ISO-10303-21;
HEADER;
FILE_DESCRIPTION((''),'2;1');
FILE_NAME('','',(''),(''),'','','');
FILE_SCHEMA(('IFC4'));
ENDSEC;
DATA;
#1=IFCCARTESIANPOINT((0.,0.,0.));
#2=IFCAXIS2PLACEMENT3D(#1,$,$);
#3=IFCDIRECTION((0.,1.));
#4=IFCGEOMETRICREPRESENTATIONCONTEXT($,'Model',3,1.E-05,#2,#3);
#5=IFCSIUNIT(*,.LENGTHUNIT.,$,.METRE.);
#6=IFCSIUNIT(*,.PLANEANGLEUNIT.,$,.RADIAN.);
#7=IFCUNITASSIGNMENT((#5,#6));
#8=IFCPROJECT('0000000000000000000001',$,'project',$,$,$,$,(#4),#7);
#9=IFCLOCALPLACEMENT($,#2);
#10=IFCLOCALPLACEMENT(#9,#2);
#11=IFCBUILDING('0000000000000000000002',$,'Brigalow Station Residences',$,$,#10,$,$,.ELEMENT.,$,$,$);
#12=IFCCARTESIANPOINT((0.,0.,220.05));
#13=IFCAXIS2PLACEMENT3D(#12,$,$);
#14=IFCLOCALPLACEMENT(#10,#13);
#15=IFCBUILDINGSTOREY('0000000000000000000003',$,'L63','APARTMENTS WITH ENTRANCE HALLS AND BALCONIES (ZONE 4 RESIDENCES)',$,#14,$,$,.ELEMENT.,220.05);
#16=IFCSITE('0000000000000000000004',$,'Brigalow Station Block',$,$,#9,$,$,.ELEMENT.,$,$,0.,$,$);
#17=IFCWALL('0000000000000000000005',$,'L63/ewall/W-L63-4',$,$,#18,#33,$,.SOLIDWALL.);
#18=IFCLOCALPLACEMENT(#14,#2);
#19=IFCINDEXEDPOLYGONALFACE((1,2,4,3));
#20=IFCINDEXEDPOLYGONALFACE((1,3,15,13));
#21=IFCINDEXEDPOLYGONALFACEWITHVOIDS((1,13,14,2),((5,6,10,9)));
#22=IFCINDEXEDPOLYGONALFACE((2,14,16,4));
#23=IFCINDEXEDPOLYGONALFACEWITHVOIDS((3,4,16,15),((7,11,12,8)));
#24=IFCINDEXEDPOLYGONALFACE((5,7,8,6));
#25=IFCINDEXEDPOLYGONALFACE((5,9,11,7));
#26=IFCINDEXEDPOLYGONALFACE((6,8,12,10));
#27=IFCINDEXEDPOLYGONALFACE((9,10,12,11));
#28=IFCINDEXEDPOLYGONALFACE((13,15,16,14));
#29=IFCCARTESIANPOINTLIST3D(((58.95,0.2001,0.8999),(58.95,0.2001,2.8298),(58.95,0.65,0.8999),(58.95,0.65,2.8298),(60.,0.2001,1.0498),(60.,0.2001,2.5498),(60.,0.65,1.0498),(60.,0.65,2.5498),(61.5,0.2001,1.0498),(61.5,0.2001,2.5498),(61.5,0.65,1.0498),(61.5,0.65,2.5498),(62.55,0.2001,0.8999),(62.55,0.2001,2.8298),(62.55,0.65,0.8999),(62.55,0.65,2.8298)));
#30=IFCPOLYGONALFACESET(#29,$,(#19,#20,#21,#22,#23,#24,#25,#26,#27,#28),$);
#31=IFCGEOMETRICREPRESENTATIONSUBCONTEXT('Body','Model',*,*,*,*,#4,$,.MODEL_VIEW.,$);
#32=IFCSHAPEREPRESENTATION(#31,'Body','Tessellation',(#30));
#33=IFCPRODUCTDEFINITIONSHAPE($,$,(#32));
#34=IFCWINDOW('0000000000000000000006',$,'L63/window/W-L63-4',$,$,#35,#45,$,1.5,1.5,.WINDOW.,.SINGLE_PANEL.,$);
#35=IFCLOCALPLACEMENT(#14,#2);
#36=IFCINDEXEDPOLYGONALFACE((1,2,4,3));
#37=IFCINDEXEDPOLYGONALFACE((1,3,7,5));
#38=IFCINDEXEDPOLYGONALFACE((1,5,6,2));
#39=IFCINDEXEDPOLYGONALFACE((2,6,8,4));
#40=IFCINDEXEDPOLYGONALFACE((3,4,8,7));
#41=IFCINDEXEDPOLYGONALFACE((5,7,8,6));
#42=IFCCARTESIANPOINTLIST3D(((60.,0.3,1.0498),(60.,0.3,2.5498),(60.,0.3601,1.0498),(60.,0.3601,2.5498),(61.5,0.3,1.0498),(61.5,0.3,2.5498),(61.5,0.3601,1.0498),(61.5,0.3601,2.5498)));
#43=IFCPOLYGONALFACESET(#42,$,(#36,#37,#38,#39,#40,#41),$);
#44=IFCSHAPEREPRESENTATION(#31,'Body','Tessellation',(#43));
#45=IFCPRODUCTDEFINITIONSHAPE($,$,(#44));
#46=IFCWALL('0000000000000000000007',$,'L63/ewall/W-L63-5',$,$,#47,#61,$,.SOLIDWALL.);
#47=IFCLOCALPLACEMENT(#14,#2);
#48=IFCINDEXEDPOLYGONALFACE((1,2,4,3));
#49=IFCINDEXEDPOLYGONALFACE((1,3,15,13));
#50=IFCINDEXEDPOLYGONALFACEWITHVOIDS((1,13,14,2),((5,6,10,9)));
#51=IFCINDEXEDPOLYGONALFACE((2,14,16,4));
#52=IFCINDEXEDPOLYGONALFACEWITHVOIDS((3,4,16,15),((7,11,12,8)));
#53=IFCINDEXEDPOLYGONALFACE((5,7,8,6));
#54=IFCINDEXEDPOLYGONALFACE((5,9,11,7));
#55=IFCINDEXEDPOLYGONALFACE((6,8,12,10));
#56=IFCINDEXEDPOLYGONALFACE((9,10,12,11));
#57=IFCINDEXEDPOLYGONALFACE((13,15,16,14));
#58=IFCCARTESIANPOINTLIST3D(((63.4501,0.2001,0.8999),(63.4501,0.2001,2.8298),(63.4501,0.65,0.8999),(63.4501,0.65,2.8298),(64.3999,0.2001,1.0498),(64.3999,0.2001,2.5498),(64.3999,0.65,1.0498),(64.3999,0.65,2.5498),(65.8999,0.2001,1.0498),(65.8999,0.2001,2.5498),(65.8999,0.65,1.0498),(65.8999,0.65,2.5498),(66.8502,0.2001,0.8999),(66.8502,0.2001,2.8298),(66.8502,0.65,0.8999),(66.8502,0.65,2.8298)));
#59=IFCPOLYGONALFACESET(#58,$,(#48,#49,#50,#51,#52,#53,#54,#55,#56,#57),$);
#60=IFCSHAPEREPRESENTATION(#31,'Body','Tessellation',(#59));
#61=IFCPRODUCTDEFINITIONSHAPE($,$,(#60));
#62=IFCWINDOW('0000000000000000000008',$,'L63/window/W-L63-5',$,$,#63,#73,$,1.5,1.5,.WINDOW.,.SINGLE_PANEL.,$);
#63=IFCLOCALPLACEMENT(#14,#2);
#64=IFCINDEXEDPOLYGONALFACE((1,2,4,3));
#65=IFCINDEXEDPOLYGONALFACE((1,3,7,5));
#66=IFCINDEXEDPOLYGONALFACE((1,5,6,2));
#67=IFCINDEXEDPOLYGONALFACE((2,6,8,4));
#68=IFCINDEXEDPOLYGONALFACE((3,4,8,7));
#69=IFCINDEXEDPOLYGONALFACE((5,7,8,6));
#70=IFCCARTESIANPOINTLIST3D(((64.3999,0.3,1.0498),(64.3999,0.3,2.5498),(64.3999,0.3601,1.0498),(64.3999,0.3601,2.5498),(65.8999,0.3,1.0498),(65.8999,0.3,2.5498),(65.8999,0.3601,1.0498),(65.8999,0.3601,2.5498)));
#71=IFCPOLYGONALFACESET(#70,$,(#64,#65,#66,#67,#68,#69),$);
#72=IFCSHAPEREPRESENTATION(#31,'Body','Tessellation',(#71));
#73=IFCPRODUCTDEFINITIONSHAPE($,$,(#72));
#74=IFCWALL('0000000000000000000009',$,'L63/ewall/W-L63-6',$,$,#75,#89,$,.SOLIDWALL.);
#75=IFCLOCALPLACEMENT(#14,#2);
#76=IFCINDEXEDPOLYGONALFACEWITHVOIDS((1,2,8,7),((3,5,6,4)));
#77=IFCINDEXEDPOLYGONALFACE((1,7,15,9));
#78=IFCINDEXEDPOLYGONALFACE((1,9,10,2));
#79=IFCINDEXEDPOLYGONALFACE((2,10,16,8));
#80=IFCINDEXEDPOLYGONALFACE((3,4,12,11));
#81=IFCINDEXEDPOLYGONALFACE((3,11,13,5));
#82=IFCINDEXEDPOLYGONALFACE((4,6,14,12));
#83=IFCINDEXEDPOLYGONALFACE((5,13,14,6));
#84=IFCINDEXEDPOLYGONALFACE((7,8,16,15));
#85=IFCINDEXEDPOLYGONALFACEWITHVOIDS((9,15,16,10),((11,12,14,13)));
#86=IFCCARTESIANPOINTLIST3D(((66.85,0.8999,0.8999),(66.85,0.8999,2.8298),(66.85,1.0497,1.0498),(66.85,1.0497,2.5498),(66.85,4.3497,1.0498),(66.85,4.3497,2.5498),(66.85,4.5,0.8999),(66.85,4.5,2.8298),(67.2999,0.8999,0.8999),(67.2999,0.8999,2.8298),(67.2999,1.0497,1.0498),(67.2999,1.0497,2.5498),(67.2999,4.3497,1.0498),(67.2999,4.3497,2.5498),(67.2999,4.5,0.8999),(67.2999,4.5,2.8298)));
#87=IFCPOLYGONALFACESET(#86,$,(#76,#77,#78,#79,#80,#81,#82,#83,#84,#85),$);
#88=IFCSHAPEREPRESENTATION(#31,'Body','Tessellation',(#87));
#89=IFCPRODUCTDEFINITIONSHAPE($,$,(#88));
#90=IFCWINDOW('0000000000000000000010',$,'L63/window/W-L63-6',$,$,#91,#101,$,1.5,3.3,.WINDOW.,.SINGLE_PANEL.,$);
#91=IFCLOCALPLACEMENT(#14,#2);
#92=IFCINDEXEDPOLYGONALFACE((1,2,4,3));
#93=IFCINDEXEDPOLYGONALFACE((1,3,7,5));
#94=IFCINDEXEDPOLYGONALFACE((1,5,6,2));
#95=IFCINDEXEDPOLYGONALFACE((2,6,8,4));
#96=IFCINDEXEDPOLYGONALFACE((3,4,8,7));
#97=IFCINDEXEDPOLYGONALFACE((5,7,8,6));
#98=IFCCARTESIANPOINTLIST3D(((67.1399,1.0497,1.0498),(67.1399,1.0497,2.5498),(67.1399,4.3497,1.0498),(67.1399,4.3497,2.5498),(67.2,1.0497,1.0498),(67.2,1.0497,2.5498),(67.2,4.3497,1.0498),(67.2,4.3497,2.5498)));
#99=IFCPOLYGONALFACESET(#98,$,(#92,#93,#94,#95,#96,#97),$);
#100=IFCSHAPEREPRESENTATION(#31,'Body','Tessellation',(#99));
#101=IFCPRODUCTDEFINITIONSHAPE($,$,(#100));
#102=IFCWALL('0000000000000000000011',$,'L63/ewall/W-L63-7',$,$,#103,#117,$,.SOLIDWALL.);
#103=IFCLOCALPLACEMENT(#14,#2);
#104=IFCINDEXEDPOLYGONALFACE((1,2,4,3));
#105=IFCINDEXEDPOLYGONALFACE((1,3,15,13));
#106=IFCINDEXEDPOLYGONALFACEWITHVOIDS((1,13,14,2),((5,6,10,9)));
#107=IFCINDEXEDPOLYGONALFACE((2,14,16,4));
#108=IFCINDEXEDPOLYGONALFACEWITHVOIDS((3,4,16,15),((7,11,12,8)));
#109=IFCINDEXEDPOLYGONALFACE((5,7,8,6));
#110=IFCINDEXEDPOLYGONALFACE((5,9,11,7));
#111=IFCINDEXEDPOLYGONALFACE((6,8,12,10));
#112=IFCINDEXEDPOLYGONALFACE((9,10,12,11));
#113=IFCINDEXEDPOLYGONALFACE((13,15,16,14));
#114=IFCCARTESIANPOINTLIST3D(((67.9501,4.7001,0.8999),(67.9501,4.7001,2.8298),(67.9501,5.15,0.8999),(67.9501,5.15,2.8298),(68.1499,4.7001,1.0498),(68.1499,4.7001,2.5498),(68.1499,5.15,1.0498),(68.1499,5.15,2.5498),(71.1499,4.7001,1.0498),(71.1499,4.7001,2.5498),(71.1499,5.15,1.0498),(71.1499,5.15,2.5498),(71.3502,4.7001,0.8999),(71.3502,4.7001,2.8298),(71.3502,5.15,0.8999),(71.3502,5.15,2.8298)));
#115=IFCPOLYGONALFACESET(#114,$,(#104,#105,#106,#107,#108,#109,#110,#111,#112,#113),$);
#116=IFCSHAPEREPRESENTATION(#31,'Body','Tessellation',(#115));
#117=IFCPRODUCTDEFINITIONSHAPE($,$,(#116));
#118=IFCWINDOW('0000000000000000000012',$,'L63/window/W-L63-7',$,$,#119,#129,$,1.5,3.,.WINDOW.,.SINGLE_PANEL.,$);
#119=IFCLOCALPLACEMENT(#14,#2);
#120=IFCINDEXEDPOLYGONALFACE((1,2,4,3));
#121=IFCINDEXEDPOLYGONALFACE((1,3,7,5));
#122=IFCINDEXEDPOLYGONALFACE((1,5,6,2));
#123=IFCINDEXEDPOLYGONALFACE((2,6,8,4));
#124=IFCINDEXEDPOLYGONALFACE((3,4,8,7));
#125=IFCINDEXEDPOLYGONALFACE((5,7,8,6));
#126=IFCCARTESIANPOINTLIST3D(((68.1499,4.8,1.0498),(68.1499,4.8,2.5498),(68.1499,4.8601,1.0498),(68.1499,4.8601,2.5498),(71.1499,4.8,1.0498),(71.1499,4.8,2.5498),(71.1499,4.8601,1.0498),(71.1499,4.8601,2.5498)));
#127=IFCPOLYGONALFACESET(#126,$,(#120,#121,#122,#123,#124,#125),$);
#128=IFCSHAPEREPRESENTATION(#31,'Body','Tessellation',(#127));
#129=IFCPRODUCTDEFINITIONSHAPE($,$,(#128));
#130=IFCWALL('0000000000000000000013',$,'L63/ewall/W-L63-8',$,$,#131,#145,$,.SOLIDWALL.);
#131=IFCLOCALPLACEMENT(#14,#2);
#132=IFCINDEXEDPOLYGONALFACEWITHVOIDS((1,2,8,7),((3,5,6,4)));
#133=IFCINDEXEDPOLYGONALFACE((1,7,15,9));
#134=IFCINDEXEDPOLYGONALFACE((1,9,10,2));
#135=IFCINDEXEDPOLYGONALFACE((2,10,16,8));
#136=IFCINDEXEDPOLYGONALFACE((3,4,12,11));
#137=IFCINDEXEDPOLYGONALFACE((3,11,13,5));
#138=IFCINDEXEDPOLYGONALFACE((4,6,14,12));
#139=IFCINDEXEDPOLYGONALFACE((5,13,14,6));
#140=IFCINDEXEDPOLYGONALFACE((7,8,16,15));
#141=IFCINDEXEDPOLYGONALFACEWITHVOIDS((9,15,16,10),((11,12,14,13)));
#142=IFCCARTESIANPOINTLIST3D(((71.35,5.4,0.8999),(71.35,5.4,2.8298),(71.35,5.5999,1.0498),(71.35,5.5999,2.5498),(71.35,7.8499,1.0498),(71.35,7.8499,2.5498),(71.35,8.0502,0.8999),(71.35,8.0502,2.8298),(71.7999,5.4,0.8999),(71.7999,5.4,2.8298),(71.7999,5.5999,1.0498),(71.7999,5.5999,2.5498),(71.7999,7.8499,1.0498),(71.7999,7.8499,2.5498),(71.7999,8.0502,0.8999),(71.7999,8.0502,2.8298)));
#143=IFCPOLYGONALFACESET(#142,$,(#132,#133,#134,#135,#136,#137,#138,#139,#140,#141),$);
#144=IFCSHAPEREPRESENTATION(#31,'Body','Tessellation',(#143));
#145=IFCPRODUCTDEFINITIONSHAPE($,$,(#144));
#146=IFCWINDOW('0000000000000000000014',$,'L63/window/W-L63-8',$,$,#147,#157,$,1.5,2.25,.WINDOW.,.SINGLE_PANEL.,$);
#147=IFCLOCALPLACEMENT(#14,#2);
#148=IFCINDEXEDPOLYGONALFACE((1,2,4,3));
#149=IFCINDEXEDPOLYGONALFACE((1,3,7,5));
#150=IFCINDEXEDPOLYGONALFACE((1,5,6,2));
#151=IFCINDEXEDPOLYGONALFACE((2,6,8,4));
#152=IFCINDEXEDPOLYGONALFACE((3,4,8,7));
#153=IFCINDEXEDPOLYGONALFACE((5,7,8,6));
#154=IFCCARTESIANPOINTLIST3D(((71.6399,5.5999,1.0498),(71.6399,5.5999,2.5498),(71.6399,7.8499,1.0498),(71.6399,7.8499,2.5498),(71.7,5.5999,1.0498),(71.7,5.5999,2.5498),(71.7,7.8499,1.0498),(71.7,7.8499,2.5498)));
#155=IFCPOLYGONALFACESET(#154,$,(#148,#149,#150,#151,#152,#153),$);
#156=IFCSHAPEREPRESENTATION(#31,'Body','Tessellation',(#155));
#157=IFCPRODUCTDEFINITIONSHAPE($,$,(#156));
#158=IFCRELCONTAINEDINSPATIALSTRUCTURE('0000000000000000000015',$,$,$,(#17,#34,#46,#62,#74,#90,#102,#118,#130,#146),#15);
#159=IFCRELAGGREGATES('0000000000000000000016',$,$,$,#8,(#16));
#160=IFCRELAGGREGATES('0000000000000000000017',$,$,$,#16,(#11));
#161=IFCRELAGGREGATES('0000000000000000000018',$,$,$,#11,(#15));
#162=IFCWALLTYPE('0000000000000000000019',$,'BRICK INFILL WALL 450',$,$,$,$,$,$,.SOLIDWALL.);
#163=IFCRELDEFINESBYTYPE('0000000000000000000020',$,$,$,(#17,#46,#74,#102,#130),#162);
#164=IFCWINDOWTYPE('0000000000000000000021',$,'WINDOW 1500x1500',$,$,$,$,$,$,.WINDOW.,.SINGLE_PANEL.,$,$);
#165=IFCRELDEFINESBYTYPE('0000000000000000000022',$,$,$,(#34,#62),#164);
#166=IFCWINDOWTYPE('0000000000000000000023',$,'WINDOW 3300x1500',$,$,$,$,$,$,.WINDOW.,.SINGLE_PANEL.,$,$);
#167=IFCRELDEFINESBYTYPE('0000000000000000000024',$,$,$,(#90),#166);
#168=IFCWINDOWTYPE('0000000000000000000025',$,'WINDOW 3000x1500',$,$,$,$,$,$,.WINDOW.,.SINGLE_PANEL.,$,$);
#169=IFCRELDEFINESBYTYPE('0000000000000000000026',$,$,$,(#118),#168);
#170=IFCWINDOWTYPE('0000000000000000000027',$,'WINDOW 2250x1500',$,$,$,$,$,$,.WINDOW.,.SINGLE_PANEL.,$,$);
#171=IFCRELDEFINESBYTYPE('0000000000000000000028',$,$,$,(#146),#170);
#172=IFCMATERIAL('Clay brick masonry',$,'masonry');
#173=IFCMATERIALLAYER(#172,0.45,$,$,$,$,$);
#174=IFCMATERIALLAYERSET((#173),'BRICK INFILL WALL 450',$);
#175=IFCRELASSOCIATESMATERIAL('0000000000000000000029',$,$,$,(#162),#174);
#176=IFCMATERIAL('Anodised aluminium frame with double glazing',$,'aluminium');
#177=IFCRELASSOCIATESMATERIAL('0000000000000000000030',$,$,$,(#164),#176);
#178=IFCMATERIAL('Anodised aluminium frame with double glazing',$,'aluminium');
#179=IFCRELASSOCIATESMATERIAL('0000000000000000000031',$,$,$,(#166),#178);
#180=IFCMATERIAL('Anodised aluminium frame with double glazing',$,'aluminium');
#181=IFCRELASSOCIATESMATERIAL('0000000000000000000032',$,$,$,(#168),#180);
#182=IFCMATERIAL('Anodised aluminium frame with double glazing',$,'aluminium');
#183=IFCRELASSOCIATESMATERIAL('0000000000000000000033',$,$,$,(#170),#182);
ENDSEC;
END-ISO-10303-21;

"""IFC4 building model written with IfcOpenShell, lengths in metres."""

from ifc_helpers import new_model, si_unit, direction, frame, frame_2d, origin, place, context, subcontext, project, spatial, rectangle, extrude, material, layer, layer_set, type_object, element, fill, save


model = new_model("IFC4")

# Units and contexts
model_context = context("Model", 3, precision=1e-05, world=origin(), true_north=direction((0.0, 1.0)))
body_context = subcontext(model_context, "Body", "Model", "MODEL_VIEW")
ifc_project = project(units=[si_unit("LENGTHUNIT", "METRE"), si_unit("PLANEANGLEUNIT", "RADIAN")], contexts=[model_context])

# Site, building, storey
site_placement = place(None, origin())
site = spatial("IfcSite", under=ifc_project, at=site_placement, Name="Brigalow Station Block", CompositionType="ELEMENT", RefElevation=0.0)
building_placement = place(site_placement, origin())
building = spatial("IfcBuilding", under=site, at=building_placement, Name="Brigalow Station Residences", CompositionType="ELEMENT")
storey_placement = place(building_placement, frame((0.0, 0.0, 220.05)))
storey = spatial("IfcBuildingStorey", under=building, at=storey_placement, Name="L63", Description="APARTMENTS WITH ENTRANCE HALLS AND BALCONIES (ZONE 4 RESIDENCES)", CompositionType="ELEMENT", Elevation=220.05)

# Walls, openings, windows
ifc_material_1 = material(Name="Clay brick masonry", Category="masonry")
ifc_layer_1 = layer(ifc_material_1, 0.45)
ifc_layer_set_1 = layer_set([ifc_layer_1], Name="BRICK INFILL WALL 450")
wall_type_1 = type_object("IfcWallType", Name="BRICK INFILL WALL 450", PredefinedType="SOLIDWALL", material=ifc_layer_set_1)
ifc_material_2 = material(Name="Anodised aluminium frame with double glazing", Category="aluminium")
window_type_1 = type_object("IfcWindowType", Name="WINDOW 1500x1500", PartitioningType="SINGLE_PANEL", PredefinedType="WINDOW", material=ifc_material_2)
wall_1_placement = place(storey_placement, frame((58.95, 0.425, 0.8999), z_axis=(0.0, 0.0, 1.0), x_axis=(1.0, 0.0, 0.0)))
wall_1 = element("IfcWall", 1, at=wall_1_placement, inside=storey, type_object=wall_type_1, Name="L63/ewall/W-L63-4", PredefinedType="SOLIDWALL", context=body_context, shape_type="SweptSolid", body=[
    extrude(rectangle(XDim=3.6001, YDim=0.45, at=frame_2d((1.8, 0.0))), origin(), (0.0, 0.0, 1.0), 1.9299),
])
opening_1_placement = place(wall_1_placement, frame((1.05, 0.0, 0.1499)))
opening_1 = element("IfcOpeningElement", 2, at=opening_1_placement, cuts=wall_1, PredefinedType="OPENING", context=body_context, shape_type="SweptSolid", body=[
    extrude(rectangle(XDim=1.5, YDim=1.5, at=frame_2d((0.75, 0.75))), frame((0.0, 0.2349, 0.0), z_axis=(0.0, -1.0, 0.0), x_axis=(1.0, 0.0, 0.0)), (0.0, 0.0, 1.0), 0.47),
])
window_1_placement = place(opening_1_placement, origin())
window_1 = element("IfcWindow", 3, at=window_1_placement, inside=storey, type_object=window_type_1, Name="L63/window/W-L63-4", OverallHeight=1.5, OverallWidth=1.5, PartitioningType="SINGLE_PANEL", PredefinedType="WINDOW", context=body_context, shape_type="SweptSolid", body=[
    extrude(rectangle(XDim=1.5, YDim=1.5, at=frame_2d((0.75, 0.75))), frame((0.0, -0.0649, 0.0), z_axis=(0.0, -1.0, 0.0), x_axis=(1.0, 0.0, 0.0)), (0.0, 0.0, 1.0), 0.0601),
])
fill(opening_1, window_1)
wall_2_placement = place(storey_placement, frame((63.45, 0.425, 0.8999), z_axis=(0.0, 0.0, 1.0), x_axis=(1.0, 0.0, 0.0)))
wall_2 = element("IfcWall", 4, at=wall_2_placement, inside=storey, type_object=wall_type_1, Name="L63/ewall/W-L63-5", PredefinedType="SOLIDWALL", context=body_context, shape_type="SweptSolid", body=[
    extrude(rectangle(XDim=3.4001, YDim=0.45, at=frame_2d((1.7002, 0.0))), origin(), (0.0, 0.0, 1.0), 1.9299),
])
opening_2_placement = place(wall_2_placement, frame((0.95, 0.0, 0.1499)))
opening_2 = element("IfcOpeningElement", 5, at=opening_2_placement, cuts=wall_2, PredefinedType="OPENING", context=body_context, shape_type="SweptSolid", body=[
    extrude(rectangle(XDim=1.5, YDim=1.5, at=frame_2d((0.75, 0.75))), frame((0.0, 0.2349, 0.0), z_axis=(0.0, -1.0, 0.0), x_axis=(1.0, 0.0, 0.0)), (0.0, 0.0, 1.0), 0.47),
])
window_2_placement = place(opening_2_placement, origin())
window_2 = element("IfcWindow", 6, at=window_2_placement, inside=storey, type_object=window_type_1, Name="L63/window/W-L63-5", OverallHeight=1.5, OverallWidth=1.5, PartitioningType="SINGLE_PANEL", PredefinedType="WINDOW", context=body_context, shape_type="SweptSolid", body=[
    extrude(rectangle(XDim=1.5, YDim=1.5, at=frame_2d((0.75, 0.75))), frame((0.0, -0.0649, 0.0), z_axis=(0.0, -1.0, 0.0), x_axis=(1.0, 0.0, 0.0)), (0.0, 0.0, 1.0), 0.0601),
])
fill(opening_2, window_2)
wall_3_placement = place(storey_placement, frame((67.075, 0.8999, 0.8999), z_axis=(0.0, 0.0, 1.0), x_axis=(0.0, 1.0, 0.0)))
wall_3 = element("IfcWall", 7, at=wall_3_placement, inside=storey, type_object=wall_type_1, Name="L63/ewall/W-L63-6", PredefinedType="SOLIDWALL", context=body_context, shape_type="SweptSolid", body=[
    extrude(rectangle(XDim=3.6001, YDim=0.45, at=frame_2d((1.8, 0.0))), origin(), (0.0, 0.0, 1.0), 1.9299),
])
opening_3_placement = place(wall_3_placement, frame((0.1499, 0.0, 0.1499)))
opening_3 = element("IfcOpeningElement", 8, at=opening_3_placement, cuts=wall_3, PredefinedType="OPENING", context=body_context, shape_type="SweptSolid", body=[
    extrude(rectangle(XDim=3.3, YDim=1.5, at=frame_2d((1.6499, 0.75))), frame((0.0, 0.2349, 0.0), z_axis=(0.0, -1.0, 0.0), x_axis=(1.0, 0.0, 0.0)), (0.0, 0.0, 1.0), 0.47),
])
ifc_material_3 = material(Name="Anodised aluminium frame with double glazing", Category="aluminium")
window_type_2 = type_object("IfcWindowType", Name="WINDOW 3300x1500", PartitioningType="SINGLE_PANEL", PredefinedType="WINDOW", material=ifc_material_3)
window_3_placement = place(opening_3_placement, origin())
window_3 = element("IfcWindow", 9, at=window_3_placement, inside=storey, type_object=window_type_2, Name="L63/window/W-L63-6", OverallHeight=1.5, OverallWidth=3.3, PartitioningType="SINGLE_PANEL", PredefinedType="WINDOW", context=body_context, shape_type="SweptSolid", body=[
    extrude(rectangle(XDim=3.3, YDim=1.5, at=frame_2d((1.6499, 0.75))), frame((0.0, -0.0649, 0.0), z_axis=(0.0, -1.0, 0.0), x_axis=(1.0, 0.0, 0.0)), (0.0, 0.0, 1.0), 0.0601),
])
fill(opening_3, window_3)
wall_4_placement = place(storey_placement, frame((67.95, 4.925, 0.8999), z_axis=(0.0, 0.0, 1.0), x_axis=(1.0, 0.0, 0.0)))
wall_4 = element("IfcWall", 10, at=wall_4_placement, inside=storey, type_object=wall_type_1, Name="L63/ewall/W-L63-7", PredefinedType="SOLIDWALL", context=body_context, shape_type="SweptSolid", body=[
    extrude(rectangle(XDim=3.4001, YDim=0.45, at=frame_2d((1.7002, 0.0))), origin(), (0.0, 0.0, 1.0), 1.9299),
])
opening_4_placement = place(wall_4_placement, frame((0.2, 0.0, 0.1499)))
opening_4 = element("IfcOpeningElement", 11, at=opening_4_placement, cuts=wall_4, PredefinedType="OPENING", context=body_context, shape_type="SweptSolid", body=[
    extrude(rectangle(XDim=3.0, YDim=1.5, at=frame_2d((1.5, 0.75))), frame((0.0, 0.2349, 0.0), z_axis=(0.0, -1.0, 0.0), x_axis=(1.0, 0.0, 0.0)), (0.0, 0.0, 1.0), 0.47),
])
ifc_material_4 = material(Name="Anodised aluminium frame with double glazing", Category="aluminium")
window_type_3 = type_object("IfcWindowType", Name="WINDOW 3000x1500", PartitioningType="SINGLE_PANEL", PredefinedType="WINDOW", material=ifc_material_4)
window_4_placement = place(opening_4_placement, origin())
window_4 = element("IfcWindow", 12, at=window_4_placement, inside=storey, type_object=window_type_3, Name="L63/window/W-L63-7", OverallHeight=1.5, OverallWidth=3.0, PartitioningType="SINGLE_PANEL", PredefinedType="WINDOW", context=body_context, shape_type="SweptSolid", body=[
    extrude(rectangle(XDim=3.0, YDim=1.5, at=frame_2d((1.5, 0.75))), frame((0.0, -0.0649, 0.0), z_axis=(0.0, -1.0, 0.0), x_axis=(1.0, 0.0, 0.0)), (0.0, 0.0, 1.0), 0.0601),
])
fill(opening_4, window_4)
wall_5_placement = place(storey_placement, frame((71.575, 5.3999, 0.8999), z_axis=(0.0, 0.0, 1.0), x_axis=(0.0, 1.0, 0.0)))
wall_5 = element("IfcWall", 13, at=wall_5_placement, inside=storey, type_object=wall_type_1, Name="L63/ewall/W-L63-8", PredefinedType="SOLIDWALL", context=body_context, shape_type="SweptSolid", body=[
    extrude(rectangle(XDim=2.6501, YDim=0.45, at=frame_2d((1.3252, 0.0))), origin(), (0.0, 0.0, 1.0), 1.9299),
])
opening_5_placement = place(wall_5_placement, frame((0.2, 0.0, 0.1499)))
opening_5 = element("IfcOpeningElement", 14, at=opening_5_placement, cuts=wall_5, PredefinedType="OPENING", context=body_context, shape_type="SweptSolid", body=[
    extrude(rectangle(XDim=2.25, YDim=1.5, at=frame_2d((1.125, 0.75))), frame((0.0, 0.2349, 0.0), z_axis=(0.0, -1.0, 0.0), x_axis=(1.0, 0.0, 0.0)), (0.0, 0.0, 1.0), 0.47),
])
ifc_material_5 = material(Name="Anodised aluminium frame with double glazing", Category="aluminium")
window_type_4 = type_object("IfcWindowType", Name="WINDOW 2250x1500", PartitioningType="SINGLE_PANEL", PredefinedType="WINDOW", material=ifc_material_5)
window_5_placement = place(opening_5_placement, origin())
window_5 = element("IfcWindow", 15, at=window_5_placement, inside=storey, type_object=window_type_4, Name="L63/window/W-L63-8", OverallHeight=1.5, OverallWidth=2.25, PartitioningType="SINGLE_PANEL", PredefinedType="WINDOW", context=body_context, shape_type="SweptSolid", body=[
    extrude(rectangle(XDim=2.25, YDim=1.5, at=frame_2d((1.125, 0.75))), frame((0.0, -0.0649, 0.0), z_axis=(0.0, -1.0, 0.0), x_axis=(1.0, 0.0, 0.0)), (0.0, 0.0, 1.0), 0.0601),
])
fill(opening_5, window_5)

save(model, "model.ifc")
